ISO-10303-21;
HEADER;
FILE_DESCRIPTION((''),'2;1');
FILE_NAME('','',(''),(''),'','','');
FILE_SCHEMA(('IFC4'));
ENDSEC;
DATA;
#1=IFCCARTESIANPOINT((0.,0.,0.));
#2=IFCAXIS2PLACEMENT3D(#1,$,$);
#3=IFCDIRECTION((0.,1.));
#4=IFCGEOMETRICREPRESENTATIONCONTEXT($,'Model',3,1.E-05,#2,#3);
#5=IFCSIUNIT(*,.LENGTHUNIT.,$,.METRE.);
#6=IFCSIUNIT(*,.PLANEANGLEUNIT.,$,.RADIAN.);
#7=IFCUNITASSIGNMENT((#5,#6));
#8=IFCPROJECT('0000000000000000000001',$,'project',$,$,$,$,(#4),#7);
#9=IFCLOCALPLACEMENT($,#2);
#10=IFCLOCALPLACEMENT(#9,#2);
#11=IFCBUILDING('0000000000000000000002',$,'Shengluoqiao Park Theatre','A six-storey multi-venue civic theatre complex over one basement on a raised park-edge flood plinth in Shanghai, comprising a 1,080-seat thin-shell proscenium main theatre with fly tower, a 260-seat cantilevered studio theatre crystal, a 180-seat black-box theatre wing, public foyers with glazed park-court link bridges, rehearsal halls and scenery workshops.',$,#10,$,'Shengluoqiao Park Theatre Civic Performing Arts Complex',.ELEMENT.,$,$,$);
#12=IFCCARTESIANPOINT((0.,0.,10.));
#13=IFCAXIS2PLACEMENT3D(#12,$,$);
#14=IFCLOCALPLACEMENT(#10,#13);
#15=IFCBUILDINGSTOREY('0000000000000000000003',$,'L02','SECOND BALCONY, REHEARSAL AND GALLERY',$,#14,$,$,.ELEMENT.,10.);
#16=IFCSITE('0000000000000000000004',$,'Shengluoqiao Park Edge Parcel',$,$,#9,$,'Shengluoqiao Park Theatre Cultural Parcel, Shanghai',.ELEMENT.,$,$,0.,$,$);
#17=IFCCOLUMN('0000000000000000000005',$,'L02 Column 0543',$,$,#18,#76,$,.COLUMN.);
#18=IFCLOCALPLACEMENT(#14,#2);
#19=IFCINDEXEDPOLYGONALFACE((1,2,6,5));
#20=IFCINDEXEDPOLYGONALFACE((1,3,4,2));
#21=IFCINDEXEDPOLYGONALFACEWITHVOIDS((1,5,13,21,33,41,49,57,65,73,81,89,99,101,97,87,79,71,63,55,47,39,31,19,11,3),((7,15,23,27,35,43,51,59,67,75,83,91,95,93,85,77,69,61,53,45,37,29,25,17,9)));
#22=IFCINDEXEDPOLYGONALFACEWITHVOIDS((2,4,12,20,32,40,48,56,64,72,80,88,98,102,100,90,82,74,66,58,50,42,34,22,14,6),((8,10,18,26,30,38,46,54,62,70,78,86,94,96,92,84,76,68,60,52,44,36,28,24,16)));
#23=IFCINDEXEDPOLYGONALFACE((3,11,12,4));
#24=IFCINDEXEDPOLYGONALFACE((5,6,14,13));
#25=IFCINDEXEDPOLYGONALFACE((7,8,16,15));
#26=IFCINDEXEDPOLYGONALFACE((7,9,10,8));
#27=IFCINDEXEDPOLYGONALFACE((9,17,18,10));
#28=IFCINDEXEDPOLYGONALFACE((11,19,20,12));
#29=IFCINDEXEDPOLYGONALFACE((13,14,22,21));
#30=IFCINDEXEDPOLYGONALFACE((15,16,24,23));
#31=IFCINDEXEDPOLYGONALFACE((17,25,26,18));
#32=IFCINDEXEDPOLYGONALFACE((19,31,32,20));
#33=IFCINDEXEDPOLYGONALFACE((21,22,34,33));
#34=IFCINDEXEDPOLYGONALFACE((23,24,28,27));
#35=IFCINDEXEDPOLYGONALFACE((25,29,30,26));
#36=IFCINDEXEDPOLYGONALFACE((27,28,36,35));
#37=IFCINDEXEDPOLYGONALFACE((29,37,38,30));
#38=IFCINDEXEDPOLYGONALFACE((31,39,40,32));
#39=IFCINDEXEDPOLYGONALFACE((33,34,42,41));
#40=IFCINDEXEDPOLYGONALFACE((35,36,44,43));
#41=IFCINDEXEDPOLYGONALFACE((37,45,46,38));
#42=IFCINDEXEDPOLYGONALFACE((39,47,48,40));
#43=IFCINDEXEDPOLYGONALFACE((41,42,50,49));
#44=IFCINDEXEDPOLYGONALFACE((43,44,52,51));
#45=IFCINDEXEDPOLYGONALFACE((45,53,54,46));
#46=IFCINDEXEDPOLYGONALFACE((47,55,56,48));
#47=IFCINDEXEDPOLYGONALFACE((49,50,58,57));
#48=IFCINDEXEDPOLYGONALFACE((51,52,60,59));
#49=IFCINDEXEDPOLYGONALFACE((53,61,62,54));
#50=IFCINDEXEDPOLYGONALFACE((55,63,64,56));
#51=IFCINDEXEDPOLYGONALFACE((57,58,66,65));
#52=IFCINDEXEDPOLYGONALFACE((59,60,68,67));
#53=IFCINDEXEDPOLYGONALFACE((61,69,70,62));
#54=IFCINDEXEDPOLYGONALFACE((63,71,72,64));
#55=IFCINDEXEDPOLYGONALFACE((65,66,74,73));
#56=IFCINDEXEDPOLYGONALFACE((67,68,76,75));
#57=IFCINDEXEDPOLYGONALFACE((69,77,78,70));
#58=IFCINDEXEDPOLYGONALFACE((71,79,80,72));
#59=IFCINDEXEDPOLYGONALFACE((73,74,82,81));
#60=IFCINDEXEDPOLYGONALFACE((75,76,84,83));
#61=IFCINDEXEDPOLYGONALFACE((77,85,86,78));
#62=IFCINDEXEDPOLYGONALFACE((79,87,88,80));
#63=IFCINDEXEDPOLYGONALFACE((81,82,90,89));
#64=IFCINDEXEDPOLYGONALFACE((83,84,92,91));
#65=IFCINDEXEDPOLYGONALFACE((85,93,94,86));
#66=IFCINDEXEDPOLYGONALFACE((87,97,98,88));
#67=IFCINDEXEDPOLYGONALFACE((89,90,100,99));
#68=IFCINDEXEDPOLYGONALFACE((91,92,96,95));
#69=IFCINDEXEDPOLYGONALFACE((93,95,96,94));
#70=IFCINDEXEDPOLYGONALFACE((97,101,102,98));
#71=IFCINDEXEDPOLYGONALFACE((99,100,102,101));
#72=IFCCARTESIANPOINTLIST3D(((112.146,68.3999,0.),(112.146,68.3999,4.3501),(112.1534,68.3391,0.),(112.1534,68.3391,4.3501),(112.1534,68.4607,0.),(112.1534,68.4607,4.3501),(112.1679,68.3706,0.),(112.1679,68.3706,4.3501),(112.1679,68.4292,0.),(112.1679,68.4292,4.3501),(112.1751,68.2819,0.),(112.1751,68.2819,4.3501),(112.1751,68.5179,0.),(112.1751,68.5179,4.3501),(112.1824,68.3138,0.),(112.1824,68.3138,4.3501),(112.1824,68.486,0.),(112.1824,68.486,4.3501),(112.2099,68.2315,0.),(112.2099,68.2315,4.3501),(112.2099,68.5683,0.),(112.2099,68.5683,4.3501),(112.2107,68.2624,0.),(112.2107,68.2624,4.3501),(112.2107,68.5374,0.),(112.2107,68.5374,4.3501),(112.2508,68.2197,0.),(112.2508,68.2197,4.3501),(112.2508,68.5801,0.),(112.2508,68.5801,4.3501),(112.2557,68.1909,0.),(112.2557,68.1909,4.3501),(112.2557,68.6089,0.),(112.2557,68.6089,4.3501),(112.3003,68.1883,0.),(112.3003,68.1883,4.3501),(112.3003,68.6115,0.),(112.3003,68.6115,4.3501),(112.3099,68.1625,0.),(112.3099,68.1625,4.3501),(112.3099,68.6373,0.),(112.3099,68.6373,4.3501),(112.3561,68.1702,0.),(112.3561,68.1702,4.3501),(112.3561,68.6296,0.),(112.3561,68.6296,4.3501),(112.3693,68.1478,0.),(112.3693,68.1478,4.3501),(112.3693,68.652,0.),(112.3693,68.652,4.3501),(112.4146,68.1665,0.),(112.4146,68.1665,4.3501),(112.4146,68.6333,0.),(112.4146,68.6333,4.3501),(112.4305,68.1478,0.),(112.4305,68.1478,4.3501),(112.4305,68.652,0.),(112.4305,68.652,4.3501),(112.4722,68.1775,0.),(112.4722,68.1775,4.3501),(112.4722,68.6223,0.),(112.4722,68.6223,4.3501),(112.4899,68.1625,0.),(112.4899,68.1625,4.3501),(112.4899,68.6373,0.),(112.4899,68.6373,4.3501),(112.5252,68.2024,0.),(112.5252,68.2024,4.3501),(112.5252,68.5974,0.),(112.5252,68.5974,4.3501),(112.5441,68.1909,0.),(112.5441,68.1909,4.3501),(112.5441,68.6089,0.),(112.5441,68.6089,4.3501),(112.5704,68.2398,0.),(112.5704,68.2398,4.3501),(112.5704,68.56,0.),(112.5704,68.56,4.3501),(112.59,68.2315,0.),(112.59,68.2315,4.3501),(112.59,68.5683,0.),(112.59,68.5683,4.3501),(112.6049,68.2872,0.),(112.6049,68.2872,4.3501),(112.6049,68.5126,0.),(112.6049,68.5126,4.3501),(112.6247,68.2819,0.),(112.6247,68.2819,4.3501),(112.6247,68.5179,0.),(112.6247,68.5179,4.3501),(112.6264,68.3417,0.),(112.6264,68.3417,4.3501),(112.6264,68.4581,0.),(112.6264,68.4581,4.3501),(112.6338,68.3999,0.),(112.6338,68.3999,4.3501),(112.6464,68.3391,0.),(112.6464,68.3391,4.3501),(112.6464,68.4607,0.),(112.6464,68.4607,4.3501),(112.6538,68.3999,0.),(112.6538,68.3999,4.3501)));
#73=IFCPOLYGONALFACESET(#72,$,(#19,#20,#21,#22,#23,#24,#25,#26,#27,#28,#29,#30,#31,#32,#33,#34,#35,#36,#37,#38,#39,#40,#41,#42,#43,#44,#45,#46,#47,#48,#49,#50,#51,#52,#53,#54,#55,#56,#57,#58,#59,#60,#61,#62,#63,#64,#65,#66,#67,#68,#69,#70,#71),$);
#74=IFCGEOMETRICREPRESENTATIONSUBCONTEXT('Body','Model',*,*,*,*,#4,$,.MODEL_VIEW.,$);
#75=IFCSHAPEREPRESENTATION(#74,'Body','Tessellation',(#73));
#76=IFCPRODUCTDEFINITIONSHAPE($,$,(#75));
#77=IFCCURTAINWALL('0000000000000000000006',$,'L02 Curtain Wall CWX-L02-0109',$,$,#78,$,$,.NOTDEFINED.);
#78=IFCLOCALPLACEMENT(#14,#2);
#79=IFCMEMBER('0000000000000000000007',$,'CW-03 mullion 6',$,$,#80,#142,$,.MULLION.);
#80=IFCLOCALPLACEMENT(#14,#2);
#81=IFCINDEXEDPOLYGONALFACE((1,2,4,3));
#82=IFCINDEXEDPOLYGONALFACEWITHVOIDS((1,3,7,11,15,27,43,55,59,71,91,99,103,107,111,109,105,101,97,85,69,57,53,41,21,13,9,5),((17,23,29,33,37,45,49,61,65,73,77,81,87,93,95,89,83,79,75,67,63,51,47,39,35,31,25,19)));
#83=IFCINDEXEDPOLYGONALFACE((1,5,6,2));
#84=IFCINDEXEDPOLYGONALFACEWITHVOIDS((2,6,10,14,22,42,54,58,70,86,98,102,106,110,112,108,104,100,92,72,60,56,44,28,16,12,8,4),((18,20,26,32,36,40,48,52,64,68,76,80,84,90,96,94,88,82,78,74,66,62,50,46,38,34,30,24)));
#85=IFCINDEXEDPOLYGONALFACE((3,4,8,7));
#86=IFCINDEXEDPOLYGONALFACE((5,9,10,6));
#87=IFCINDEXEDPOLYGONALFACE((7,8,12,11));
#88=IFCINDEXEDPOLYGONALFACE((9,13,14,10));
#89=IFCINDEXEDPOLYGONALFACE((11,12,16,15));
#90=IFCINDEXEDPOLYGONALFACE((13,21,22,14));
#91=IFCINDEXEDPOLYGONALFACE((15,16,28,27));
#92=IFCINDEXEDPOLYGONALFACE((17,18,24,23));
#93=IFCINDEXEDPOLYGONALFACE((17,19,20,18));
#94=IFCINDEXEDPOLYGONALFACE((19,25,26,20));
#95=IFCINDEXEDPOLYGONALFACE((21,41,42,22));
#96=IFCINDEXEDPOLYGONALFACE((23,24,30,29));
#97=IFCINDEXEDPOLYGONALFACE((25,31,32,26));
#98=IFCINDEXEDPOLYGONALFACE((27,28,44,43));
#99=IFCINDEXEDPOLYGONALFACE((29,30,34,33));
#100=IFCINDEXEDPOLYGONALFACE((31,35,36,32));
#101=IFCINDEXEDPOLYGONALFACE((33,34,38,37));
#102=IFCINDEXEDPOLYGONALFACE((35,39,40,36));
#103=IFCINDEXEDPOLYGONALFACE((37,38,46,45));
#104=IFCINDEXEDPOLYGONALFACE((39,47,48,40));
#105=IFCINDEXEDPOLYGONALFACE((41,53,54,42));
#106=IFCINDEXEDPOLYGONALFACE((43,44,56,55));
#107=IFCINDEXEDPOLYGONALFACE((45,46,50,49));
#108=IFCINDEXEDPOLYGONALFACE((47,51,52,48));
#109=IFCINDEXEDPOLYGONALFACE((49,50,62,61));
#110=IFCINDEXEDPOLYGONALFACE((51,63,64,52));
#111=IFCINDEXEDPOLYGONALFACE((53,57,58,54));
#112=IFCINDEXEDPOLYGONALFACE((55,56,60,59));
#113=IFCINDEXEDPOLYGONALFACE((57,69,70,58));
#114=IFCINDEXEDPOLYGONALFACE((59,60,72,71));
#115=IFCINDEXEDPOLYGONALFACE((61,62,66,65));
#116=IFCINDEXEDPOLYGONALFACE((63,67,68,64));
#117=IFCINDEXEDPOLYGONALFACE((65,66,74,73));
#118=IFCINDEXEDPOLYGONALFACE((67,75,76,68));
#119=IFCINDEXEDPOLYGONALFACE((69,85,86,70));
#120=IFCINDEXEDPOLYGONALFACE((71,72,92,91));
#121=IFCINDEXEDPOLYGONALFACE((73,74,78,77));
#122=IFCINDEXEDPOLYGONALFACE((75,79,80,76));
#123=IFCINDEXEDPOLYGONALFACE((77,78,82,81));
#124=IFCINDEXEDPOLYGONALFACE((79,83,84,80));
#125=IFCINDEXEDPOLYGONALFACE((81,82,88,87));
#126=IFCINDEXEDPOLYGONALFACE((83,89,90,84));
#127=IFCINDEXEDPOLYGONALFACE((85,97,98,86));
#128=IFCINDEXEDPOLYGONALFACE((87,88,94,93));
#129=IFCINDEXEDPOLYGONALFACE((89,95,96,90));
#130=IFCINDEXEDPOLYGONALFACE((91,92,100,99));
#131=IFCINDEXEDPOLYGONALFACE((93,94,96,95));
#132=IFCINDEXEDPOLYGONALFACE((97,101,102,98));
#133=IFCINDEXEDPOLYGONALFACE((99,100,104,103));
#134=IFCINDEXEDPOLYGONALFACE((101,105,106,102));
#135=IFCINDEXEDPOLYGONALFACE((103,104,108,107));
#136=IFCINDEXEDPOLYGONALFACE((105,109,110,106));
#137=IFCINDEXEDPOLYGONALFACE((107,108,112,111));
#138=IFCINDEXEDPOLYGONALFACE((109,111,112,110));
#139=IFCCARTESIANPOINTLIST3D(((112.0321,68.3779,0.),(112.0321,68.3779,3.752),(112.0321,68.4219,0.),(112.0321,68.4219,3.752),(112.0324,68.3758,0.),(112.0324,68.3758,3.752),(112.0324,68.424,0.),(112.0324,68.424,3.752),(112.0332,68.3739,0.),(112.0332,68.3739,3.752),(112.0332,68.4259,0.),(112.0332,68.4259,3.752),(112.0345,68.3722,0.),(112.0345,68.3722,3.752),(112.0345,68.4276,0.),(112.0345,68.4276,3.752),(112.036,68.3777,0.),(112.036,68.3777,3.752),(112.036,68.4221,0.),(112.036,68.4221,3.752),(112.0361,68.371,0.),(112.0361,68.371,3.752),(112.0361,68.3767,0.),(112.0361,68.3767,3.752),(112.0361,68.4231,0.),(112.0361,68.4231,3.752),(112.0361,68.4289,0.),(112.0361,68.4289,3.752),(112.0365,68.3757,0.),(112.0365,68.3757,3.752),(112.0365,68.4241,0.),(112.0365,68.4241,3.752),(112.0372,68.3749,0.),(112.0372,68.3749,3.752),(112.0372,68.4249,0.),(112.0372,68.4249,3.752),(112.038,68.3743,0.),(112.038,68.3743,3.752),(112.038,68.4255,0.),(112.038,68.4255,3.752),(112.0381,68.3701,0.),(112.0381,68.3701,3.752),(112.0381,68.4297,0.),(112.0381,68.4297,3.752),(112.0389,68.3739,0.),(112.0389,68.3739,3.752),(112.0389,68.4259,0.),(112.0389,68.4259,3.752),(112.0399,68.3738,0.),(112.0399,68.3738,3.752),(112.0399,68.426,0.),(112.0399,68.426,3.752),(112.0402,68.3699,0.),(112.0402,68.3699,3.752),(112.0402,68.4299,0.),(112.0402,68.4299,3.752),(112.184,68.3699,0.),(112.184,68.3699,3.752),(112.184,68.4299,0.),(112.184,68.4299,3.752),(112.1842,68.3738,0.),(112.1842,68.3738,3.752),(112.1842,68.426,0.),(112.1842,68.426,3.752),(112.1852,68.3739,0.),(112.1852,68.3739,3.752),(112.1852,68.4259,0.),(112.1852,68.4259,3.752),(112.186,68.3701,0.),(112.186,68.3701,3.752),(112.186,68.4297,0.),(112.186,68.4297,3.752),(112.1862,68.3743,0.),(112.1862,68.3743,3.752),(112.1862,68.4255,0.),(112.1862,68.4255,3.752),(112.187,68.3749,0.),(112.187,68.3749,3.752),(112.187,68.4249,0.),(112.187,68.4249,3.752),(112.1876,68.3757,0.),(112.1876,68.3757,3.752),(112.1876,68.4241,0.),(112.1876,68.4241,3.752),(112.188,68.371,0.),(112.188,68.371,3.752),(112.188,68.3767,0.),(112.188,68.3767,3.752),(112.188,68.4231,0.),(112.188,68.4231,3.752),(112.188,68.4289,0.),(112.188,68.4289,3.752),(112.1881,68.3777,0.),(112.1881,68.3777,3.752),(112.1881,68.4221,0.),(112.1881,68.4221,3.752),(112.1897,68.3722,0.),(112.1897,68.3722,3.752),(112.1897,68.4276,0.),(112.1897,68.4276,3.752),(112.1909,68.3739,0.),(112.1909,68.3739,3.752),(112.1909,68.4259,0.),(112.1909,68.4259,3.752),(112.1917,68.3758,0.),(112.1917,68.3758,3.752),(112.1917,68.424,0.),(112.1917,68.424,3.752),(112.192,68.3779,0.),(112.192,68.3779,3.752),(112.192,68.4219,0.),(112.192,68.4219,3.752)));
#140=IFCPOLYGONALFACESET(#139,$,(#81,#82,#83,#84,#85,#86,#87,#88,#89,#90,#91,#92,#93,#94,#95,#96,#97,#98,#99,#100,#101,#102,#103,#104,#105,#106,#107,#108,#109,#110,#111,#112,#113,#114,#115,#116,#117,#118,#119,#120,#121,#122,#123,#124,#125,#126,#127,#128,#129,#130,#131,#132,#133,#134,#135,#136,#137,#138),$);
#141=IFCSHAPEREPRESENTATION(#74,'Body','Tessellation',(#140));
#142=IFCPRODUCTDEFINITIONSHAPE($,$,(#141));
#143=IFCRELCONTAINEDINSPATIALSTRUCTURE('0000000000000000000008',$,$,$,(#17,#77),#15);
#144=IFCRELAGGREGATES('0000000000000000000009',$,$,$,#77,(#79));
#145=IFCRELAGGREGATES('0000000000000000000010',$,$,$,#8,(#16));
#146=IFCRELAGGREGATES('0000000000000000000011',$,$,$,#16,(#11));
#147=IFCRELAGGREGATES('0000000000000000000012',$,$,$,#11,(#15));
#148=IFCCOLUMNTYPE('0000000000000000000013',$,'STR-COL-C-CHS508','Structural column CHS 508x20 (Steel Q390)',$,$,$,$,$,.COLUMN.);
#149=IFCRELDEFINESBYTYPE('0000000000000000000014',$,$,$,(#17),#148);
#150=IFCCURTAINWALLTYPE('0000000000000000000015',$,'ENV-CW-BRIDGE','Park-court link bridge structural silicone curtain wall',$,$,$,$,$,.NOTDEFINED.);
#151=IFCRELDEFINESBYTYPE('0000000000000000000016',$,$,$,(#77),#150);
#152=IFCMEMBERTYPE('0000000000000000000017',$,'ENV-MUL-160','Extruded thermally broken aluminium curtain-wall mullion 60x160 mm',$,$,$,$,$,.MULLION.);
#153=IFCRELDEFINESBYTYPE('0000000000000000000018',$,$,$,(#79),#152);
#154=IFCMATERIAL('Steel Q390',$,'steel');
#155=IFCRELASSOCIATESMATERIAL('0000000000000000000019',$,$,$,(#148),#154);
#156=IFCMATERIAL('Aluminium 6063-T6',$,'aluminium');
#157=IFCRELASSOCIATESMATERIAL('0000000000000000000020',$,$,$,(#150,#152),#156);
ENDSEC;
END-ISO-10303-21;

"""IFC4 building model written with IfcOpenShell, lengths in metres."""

from ifc_helpers import new_model, si_unit, direction, frame, origin, origin_2d, place, context, subcontext, project, spatial, hollow_rectangle, hollow_circle, extrude, material, material_profile, profile_set, type_object, element, aggregate, save


model = new_model("IFC4")

# Units and contexts
model_context = context("Model", 3, precision=1e-05, world=origin(), true_north=direction((0.0, 1.0)))
body_context = subcontext(model_context, "Body", "Model", "MODEL_VIEW")
ifc_project = project(units=[si_unit("LENGTHUNIT", "METRE"), si_unit("PLANEANGLEUNIT", "RADIAN")], contexts=[model_context])

# Site, building, storey
site_placement = place(None, origin())
site = spatial("IfcSite", under=ifc_project, at=site_placement, Name="Shengluoqiao Park Edge Parcel", LongName="Shengluoqiao Park Theatre Cultural Parcel, Shanghai", CompositionType="ELEMENT", RefElevation=0.0)
building_placement = place(site_placement, origin())
building = spatial("IfcBuilding", under=site, at=building_placement, Name="Shengluoqiao Park Theatre", Description="A six-storey multi-venue civic theatre complex over one basement on a raised park-edge flood plinth in Shanghai, comprising a 1,080-seat thin-shell proscenium main theatre with fly tower, a 260-seat cantilevered studio theatre crystal, a 180-seat black-box theatre wing, public foyers with glazed park-court link bridges, rehearsal halls and scenery workshops.", LongName="Shengluoqiao Park Theatre Civic Performing Arts Complex", CompositionType="ELEMENT")
storey_placement = place(building_placement, frame((0.0, 0.0, 10.0)))
storey = spatial("IfcBuildingStorey", under=building, at=storey_placement, Name="L02", Description="SECOND BALCONY, REHEARSAL AND GALLERY", CompositionType="ELEMENT", Elevation=10.0)

# Column
ifc_material_1 = material(Name="Steel Q390", Category="steel")
ifc_material_profile_1 = material_profile(ifc_material_1, hollow_circle(Radius=0.2539, WallThickness=0.02, at=origin_2d()), Name="CHS 508x20")
ifc_profile_set_1 = profile_set([ifc_material_profile_1], Name="Steel Q390")
column_type = type_object("IfcColumnType", Name="STR-COL-C-CHS508", Description="Structural column CHS 508x20 (Steel Q390)", PredefinedType="COLUMN", material=ifc_profile_set_1)
column_placement = place(storey_placement, frame((112.3999, 68.3999, 0.0), z_axis=(0.0, 0.0, 1.0), x_axis=(1.0, 0.0, 0.0)))
element("IfcColumn", 1, at=column_placement, inside=storey, type_object=column_type, Name="L02 Column 0543", PredefinedType="COLUMN", context=body_context, shape_type="SweptSolid", body=[
    extrude(hollow_circle(Radius=0.2539, WallThickness=0.02, at=origin_2d()), origin(), (0.0, 0.0, 1.0), 4.3501),
])

# Curtain wall, member
ifc_material_2 = material(Name="Aluminium 6063-T6", Category="aluminium")
curtain_wall_type = type_object("IfcCurtainWallType", Name="ENV-CW-BRIDGE", Description="Park-court link bridge structural silicone curtain wall", PredefinedType="NOTDEFINED", material=ifc_material_2)
curtain_wall_1_placement = place(storey_placement, origin())
curtain_wall_1 = element("IfcCurtainWall", 2, at=curtain_wall_1_placement, inside=storey, type_object=curtain_wall_type, Name="L02 Curtain Wall CWX-L02-0109", PredefinedType="NOTDEFINED")
ifc_material_profile_2 = material_profile(ifc_material_2, hollow_rectangle(XDim=0.0601, YDim=0.1599, WallThickness=0.0039, InnerFilletRadius=0.0039, OuterFilletRadius=0.0081, at=origin_2d()), Name="ALU MULLION 160x60x4")
ifc_profile_set_2 = profile_set([ifc_material_profile_2], Name="Aluminium 6063-T6")
member_type_1 = type_object("IfcMemberType", Name="ENV-MUL-160", Description="Extruded thermally broken aluminium curtain-wall mullion 60x160 mm", PredefinedType="MULLION", material=ifc_profile_set_2)
member_1_placement = place(storey_placement, frame((112.1121, 68.3999, 0.0), z_axis=(0.0, 0.0, 1.0), x_axis=(0.0, 1.0, 0.0)))
member_1 = element("IfcMember", 3, at=member_1_placement, type_object=member_type_1, Name="CW-03 mullion 6", PredefinedType="MULLION", context=body_context, shape_type="SweptSolid", body=[
    extrude(hollow_rectangle(XDim=0.0601, YDim=0.1599, WallThickness=0.0039, InnerFilletRadius=0.0039, OuterFilletRadius=0.0081, at=origin_2d()), origin(), (0.0, 0.0, 1.0), 3.752),
])
aggregate(curtain_wall_1, [member_1])

save(model, "model.ifc")
